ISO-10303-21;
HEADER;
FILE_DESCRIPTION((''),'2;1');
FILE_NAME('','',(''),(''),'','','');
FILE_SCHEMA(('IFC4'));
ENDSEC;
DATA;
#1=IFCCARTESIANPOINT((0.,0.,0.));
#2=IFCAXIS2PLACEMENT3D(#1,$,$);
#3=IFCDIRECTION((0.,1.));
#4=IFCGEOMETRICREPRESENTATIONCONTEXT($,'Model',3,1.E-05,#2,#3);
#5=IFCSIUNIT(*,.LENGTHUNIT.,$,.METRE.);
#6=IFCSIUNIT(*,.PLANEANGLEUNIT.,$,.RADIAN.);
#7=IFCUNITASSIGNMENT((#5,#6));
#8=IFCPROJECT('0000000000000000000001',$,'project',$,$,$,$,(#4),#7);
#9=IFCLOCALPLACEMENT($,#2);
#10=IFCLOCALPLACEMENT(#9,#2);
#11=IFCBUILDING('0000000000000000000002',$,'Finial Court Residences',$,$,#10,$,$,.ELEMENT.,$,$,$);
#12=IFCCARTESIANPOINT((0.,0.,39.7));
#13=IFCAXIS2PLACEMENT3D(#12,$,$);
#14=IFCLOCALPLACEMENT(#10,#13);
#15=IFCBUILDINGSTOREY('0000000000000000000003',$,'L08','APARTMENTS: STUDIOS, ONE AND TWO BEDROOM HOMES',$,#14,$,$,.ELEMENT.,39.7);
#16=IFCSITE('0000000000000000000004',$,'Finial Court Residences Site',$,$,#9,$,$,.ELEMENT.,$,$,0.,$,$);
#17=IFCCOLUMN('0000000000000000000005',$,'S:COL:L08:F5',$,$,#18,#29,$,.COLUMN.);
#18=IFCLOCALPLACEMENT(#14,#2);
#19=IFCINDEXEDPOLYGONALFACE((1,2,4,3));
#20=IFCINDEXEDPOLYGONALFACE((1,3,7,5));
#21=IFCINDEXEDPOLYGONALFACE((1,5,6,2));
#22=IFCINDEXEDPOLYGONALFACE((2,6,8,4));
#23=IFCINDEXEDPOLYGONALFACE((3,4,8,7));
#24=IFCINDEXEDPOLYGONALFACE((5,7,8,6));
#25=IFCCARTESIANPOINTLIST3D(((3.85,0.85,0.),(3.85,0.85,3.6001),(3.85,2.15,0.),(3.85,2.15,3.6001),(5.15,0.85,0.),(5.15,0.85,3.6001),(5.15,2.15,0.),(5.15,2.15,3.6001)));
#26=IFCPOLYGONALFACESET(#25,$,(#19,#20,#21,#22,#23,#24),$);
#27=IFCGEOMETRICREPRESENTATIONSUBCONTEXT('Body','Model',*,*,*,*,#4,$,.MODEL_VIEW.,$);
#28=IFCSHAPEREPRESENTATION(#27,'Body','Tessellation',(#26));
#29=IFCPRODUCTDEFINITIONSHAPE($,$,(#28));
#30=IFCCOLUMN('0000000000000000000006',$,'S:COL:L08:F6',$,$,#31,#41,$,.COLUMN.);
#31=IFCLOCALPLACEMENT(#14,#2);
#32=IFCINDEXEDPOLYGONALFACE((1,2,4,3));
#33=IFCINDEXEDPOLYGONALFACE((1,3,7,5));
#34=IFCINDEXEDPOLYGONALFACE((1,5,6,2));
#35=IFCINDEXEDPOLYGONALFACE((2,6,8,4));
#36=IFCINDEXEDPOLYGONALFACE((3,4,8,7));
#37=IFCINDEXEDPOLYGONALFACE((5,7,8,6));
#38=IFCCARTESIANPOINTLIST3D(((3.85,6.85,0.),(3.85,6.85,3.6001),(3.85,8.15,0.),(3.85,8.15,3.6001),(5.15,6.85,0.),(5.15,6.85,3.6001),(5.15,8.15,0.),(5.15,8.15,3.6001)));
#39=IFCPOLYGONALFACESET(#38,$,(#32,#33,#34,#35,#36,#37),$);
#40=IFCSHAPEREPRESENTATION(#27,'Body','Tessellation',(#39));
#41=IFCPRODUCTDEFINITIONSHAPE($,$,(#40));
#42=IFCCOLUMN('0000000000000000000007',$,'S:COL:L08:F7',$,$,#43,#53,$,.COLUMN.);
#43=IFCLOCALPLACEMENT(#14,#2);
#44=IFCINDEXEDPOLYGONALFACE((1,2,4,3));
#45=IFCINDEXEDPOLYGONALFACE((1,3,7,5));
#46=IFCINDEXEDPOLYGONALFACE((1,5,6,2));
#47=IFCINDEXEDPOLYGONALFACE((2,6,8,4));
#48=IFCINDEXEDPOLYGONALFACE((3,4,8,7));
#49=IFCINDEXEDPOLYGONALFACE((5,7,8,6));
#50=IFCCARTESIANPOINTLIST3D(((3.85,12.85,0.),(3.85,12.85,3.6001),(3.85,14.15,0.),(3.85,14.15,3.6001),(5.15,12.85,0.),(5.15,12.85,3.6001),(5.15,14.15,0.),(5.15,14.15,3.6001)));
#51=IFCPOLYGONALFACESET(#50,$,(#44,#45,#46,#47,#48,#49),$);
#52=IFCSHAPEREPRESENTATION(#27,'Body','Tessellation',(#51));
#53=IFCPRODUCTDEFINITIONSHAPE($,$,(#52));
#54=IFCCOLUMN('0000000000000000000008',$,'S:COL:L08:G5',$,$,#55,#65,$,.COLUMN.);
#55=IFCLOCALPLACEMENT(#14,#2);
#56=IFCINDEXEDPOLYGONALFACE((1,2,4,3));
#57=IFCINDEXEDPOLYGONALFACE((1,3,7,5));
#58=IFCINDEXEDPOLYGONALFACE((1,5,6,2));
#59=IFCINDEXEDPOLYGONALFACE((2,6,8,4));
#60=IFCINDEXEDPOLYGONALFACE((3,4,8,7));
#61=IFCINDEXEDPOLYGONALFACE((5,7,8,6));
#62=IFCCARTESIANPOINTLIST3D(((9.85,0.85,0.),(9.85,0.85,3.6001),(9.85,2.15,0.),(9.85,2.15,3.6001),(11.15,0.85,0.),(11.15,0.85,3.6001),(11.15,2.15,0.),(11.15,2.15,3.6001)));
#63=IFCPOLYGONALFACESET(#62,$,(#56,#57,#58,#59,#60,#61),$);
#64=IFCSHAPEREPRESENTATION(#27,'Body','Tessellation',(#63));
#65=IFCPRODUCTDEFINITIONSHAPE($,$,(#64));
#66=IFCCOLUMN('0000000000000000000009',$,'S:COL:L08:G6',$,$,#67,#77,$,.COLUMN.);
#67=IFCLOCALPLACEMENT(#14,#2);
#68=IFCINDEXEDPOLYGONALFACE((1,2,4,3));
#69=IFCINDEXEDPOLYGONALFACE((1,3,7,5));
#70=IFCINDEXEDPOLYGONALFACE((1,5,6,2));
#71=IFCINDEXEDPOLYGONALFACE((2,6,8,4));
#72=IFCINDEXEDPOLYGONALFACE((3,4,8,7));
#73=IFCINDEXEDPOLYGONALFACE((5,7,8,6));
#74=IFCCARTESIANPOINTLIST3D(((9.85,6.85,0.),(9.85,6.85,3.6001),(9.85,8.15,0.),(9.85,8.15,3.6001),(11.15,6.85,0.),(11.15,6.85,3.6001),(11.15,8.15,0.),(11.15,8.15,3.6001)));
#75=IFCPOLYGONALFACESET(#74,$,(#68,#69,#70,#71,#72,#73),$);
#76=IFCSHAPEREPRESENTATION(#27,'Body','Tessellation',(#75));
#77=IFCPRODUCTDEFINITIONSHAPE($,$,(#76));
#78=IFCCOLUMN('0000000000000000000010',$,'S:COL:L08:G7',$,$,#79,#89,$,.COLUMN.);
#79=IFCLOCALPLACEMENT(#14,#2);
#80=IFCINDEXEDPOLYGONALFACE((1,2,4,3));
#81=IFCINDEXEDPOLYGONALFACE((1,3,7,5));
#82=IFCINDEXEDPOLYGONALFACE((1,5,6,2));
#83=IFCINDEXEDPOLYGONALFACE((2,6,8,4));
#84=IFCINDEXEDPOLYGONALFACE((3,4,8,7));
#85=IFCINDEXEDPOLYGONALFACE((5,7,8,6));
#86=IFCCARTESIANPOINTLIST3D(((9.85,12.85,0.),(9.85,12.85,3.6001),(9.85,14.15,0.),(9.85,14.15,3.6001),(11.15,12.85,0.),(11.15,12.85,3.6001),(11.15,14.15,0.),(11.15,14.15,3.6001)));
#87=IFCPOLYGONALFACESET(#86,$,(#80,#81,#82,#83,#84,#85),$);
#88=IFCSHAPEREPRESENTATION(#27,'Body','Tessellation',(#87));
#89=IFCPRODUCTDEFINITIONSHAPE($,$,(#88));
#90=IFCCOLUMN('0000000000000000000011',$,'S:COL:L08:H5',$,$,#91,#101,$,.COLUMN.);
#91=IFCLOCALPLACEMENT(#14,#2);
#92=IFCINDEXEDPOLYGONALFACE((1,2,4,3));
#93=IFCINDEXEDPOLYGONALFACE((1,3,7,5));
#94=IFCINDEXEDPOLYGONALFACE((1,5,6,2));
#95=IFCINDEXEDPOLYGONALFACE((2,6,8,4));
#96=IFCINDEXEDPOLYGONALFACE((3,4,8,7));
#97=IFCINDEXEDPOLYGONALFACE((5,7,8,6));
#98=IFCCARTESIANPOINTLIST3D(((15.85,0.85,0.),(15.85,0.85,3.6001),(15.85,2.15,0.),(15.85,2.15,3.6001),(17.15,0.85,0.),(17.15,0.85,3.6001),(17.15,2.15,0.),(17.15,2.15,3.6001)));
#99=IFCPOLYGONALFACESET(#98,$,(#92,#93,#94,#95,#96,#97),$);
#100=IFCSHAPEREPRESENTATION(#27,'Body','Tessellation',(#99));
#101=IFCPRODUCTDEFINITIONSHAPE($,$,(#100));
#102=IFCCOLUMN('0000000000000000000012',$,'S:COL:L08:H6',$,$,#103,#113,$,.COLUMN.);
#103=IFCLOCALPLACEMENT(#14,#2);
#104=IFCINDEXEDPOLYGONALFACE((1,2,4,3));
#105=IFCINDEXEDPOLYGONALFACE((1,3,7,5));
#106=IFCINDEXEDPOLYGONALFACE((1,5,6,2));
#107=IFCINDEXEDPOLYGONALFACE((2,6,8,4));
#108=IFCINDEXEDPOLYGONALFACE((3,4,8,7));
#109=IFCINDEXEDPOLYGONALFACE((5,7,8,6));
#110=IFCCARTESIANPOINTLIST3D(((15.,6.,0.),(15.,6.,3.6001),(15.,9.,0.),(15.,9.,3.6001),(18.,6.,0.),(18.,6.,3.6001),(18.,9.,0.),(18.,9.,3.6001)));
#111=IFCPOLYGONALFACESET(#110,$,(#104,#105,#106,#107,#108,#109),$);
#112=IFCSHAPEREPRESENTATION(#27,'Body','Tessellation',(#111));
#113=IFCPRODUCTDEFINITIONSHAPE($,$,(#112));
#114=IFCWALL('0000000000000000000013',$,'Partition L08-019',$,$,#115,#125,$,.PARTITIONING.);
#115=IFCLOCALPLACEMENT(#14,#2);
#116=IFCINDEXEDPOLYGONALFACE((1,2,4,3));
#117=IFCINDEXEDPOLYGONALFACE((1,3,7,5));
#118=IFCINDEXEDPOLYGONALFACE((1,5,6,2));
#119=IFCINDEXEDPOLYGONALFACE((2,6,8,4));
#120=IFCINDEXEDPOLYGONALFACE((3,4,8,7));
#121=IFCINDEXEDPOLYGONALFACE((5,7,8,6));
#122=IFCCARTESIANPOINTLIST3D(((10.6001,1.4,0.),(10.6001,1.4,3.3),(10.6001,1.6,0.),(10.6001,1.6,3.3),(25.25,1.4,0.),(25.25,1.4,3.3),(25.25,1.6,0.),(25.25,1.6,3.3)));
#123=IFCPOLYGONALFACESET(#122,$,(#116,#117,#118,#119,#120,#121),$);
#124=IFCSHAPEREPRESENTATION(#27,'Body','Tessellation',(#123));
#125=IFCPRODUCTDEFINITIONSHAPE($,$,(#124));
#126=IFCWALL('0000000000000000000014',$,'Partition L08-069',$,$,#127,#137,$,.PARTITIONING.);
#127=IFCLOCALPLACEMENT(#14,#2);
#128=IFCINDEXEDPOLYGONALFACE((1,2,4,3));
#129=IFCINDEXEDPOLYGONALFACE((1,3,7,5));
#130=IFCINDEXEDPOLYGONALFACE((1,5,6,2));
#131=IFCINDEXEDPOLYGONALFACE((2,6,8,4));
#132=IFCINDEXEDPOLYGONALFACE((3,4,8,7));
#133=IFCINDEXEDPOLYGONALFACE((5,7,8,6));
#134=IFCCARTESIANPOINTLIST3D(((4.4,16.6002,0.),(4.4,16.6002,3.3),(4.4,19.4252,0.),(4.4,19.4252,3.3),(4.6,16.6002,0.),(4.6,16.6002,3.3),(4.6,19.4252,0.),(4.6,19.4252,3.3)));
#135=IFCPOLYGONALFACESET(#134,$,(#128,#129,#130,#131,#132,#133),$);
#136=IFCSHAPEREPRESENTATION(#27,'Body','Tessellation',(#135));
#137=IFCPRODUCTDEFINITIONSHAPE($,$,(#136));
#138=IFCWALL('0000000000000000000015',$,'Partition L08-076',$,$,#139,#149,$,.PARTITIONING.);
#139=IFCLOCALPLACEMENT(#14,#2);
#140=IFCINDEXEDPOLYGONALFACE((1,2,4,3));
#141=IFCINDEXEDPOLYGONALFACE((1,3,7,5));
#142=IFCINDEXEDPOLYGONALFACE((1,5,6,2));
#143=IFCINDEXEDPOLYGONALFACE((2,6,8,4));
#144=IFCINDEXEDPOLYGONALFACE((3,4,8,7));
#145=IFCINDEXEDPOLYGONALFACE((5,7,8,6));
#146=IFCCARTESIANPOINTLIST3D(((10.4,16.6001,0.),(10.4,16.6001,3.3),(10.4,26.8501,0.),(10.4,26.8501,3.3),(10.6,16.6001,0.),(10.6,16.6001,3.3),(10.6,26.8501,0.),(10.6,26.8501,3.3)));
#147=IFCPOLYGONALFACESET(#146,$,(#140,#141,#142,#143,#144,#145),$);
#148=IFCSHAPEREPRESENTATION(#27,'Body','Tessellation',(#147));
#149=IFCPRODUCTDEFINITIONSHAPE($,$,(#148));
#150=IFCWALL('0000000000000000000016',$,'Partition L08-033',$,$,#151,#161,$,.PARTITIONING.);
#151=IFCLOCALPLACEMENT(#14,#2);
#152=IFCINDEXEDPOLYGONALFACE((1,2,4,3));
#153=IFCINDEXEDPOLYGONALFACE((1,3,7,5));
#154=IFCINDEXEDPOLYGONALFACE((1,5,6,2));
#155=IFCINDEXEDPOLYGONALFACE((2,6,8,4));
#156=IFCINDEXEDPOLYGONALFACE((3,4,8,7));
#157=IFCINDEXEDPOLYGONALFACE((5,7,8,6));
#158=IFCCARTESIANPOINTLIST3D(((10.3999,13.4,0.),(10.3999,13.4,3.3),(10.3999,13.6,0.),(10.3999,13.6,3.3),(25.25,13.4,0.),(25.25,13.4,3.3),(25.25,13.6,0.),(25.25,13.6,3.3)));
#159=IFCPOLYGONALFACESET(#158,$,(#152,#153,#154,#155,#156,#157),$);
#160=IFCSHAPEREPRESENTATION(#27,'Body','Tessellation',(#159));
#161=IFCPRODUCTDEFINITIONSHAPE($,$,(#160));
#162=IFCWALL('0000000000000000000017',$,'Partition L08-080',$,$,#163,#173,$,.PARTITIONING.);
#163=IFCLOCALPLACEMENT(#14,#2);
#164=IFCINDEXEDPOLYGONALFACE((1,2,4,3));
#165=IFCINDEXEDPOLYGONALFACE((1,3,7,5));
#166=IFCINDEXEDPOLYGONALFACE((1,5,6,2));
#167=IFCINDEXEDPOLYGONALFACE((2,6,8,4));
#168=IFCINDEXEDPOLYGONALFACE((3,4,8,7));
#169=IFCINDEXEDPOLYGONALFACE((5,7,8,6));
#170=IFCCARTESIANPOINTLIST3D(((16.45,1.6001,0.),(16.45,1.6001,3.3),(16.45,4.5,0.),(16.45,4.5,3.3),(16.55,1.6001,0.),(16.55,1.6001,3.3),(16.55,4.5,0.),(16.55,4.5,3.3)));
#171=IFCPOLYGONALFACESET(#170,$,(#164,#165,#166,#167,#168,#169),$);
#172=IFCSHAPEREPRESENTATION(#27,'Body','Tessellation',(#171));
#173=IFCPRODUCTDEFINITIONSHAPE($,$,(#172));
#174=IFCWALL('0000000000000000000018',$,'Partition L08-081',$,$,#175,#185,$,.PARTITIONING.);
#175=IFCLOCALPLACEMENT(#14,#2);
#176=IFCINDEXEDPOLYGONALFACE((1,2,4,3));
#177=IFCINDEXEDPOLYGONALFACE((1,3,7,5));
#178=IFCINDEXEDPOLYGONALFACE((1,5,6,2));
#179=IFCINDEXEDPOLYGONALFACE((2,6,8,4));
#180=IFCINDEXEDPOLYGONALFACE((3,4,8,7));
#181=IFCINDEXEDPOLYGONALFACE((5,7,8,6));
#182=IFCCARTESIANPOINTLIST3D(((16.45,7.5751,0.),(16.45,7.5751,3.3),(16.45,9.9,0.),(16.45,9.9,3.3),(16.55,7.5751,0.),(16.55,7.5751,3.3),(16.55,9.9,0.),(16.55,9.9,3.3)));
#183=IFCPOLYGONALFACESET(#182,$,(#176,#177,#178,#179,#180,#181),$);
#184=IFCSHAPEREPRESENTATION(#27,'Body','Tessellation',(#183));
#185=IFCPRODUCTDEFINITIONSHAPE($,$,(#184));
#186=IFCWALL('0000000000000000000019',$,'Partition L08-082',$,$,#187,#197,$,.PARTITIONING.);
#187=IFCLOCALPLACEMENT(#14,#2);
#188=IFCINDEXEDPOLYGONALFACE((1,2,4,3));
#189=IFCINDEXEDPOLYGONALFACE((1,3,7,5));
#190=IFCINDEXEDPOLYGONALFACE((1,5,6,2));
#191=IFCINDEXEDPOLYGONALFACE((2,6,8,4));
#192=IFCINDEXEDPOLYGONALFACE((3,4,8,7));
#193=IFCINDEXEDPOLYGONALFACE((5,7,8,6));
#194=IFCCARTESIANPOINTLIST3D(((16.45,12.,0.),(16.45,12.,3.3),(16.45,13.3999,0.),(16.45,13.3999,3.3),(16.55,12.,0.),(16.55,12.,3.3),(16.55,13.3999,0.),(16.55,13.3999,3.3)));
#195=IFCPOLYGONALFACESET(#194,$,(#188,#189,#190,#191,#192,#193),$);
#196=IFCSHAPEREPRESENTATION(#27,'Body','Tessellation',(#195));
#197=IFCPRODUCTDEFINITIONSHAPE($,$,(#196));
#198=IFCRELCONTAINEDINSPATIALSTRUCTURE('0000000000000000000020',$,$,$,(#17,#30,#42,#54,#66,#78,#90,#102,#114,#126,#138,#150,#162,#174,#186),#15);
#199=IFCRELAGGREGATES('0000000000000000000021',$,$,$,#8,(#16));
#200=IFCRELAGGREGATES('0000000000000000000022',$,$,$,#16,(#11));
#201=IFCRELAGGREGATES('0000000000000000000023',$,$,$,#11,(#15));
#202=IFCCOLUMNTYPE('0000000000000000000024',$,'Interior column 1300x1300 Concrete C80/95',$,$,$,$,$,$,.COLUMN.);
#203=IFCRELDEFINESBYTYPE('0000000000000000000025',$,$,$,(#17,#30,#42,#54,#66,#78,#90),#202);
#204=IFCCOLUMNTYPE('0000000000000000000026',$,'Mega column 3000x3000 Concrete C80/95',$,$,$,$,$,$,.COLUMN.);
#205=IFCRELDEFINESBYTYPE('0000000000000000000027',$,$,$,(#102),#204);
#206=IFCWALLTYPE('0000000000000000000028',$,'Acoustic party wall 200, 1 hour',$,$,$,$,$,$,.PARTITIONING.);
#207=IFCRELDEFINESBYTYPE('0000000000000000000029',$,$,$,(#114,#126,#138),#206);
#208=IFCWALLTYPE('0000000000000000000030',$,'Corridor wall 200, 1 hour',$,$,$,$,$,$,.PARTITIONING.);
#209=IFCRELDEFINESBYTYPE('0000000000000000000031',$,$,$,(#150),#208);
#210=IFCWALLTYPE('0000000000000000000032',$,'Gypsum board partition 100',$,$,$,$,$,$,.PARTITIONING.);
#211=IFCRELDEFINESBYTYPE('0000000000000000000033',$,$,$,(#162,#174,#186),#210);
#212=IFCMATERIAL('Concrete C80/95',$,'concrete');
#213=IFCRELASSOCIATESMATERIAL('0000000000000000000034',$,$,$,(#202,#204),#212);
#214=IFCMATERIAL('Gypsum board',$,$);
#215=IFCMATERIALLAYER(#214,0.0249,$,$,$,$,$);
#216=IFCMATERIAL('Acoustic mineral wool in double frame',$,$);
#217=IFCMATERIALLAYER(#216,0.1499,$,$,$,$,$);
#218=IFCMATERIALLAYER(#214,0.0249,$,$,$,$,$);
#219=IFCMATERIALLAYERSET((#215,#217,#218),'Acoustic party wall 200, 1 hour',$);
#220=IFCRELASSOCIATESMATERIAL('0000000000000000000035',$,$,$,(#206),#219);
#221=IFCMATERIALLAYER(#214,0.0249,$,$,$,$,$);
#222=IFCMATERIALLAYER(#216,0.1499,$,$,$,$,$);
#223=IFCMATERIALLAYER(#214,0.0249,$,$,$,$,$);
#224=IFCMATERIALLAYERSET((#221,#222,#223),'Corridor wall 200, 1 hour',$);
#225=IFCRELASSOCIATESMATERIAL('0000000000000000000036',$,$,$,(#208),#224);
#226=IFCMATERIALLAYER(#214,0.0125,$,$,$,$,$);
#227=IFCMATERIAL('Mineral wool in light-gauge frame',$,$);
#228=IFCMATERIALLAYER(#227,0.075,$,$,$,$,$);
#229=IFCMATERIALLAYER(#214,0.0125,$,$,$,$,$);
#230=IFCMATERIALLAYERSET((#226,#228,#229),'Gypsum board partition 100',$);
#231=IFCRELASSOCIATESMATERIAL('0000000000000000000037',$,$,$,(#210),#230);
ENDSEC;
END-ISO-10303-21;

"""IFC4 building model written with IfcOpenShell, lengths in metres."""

from ifc_helpers import new_model, si_unit, direction, frame, frame_2d, origin, origin_2d, place, context, subcontext, project, spatial, rectangle, extrude, material, layer, layer_set, material_profile, profile_set, type_object, element, save


model = new_model("IFC4")

# Units and contexts
model_context = context("Model", 3, precision=1e-05, world=origin(), true_north=direction((0.0, 1.0)))
body_context = subcontext(model_context, "Body", "Model", "MODEL_VIEW")
ifc_project = project(units=[si_unit("LENGTHUNIT", "METRE"), si_unit("PLANEANGLEUNIT", "RADIAN")], contexts=[model_context])

# Site, building, storey
site_placement = place(None, origin())
site = spatial("IfcSite", under=ifc_project, at=site_placement, Name="Finial Court Residences Site", CompositionType="ELEMENT", RefElevation=0.0)
building_placement = place(site_placement, origin())
building = spatial("IfcBuilding", under=site, at=building_placement, Name="Finial Court Residences", CompositionType="ELEMENT")
storey_placement = place(building_placement, frame((0.0, 0.0, 39.7)))
storey = spatial("IfcBuildingStorey", under=building, at=storey_placement, Name="L08", Description="APARTMENTS: STUDIOS, ONE AND TWO BEDROOM HOMES", CompositionType="ELEMENT", Elevation=39.7)

# Columns
ifc_material_1 = material(Name="Concrete C80/95", Category="concrete")
ifc_material_profile_1 = material_profile(ifc_material_1, rectangle(XDim=1.3, YDim=1.3, at=origin_2d()), Name="1300x1300")
ifc_profile_set_1 = profile_set([ifc_material_profile_1], Name="Concrete C80/95")
column_type_1 = type_object("IfcColumnType", Name="Interior column 1300x1300 Concrete C80/95", PredefinedType="COLUMN", material=ifc_profile_set_1)
for number, where, z_axis, x_axis, name in (
    (1, (4.5, 1.5, 0.0), (0.0, 0.0, 1.0), (1.0, 0.0, 0.0), "S:COL:L08:F5"),
    (2, (4.5, 7.5, 0.0), (0.0, 0.0, 1.0), (1.0, 0.0, 0.0), "S:COL:L08:F6"),
    (3, (4.5, 13.5, 0.0), (0.0, 0.0, 1.0), (1.0, 0.0, 0.0), "S:COL:L08:F7"),
    (4, (10.5, 1.5, 0.0), (0.0, 0.0, 1.0), (1.0, 0.0, 0.0), "S:COL:L08:G5"),
    (5, (10.5, 7.5, 0.0), (0.0, 0.0, 1.0), (1.0, 0.0, 0.0), "S:COL:L08:G6"),
    (6, (10.5, 13.5, 0.0), (0.0, 0.0, 1.0), (1.0, 0.0, 0.0), "S:COL:L08:G7"),
    (7, (16.5, 1.5, 0.0), (0.0, 0.0, 1.0), (1.0, 0.0, 0.0), "S:COL:L08:H5"),
):
    element("IfcColumn", number, at=place(storey_placement, frame(where, z_axis=z_axis, x_axis=x_axis)), inside=storey, type_object=column_type_1, Name=name, PredefinedType="COLUMN", context=body_context, shape_type="SweptSolid", body=[
        extrude(rectangle(XDim=1.3, YDim=1.3, at=origin_2d()), origin(), (0.0, 0.0, 1.0), 3.6001),
    ])
ifc_material_profile_2 = material_profile(ifc_material_1, rectangle(XDim=3.0, YDim=3.0, at=origin_2d()), Name="3000x3000")
ifc_profile_set_2 = profile_set([ifc_material_profile_2], Name="Concrete C80/95")
column_type_2 = type_object("IfcColumnType", Name="Mega column 3000x3000 Concrete C80/95", PredefinedType="COLUMN", material=ifc_profile_set_2)
column_placement = place(storey_placement, frame((16.5, 7.5, 0.0), z_axis=(0.0, 0.0, 1.0), x_axis=(1.0, 0.0, 0.0)))
element("IfcColumn", 8, at=column_placement, inside=storey, type_object=column_type_2, Name="S:COL:L08:H6", PredefinedType="COLUMN", context=body_context, shape_type="SweptSolid", body=[
    extrude(rectangle(XDim=3.0, YDim=3.0, at=origin_2d()), origin(), (0.0, 0.0, 1.0), 3.6001),
])

# Walls
ifc_material_2 = material(Name="Gypsum board")
ifc_layer_1 = layer(ifc_material_2, 0.0249)
ifc_material_3 = material(Name="Acoustic mineral wool in double frame")
ifc_layer_2 = layer(ifc_material_3, 0.1499)
ifc_layer_3 = layer(ifc_material_2, 0.0249)
ifc_layer_set_1 = layer_set([ifc_layer_1, ifc_layer_2, ifc_layer_3], Name="Acoustic party wall 200, 1 hour")
wall_type_1 = type_object("IfcWallType", Name="Acoustic party wall 200, 1 hour", PredefinedType="PARTITIONING", material=ifc_layer_set_1)
wall_1_placement = place(storey_placement, frame((10.6001, 1.5, 0.0), z_axis=(0.0, 0.0, 1.0), x_axis=(1.0, 0.0, 0.0)))
element("IfcWall", 9, at=wall_1_placement, inside=storey, type_object=wall_type_1, Name="Partition L08-019", PredefinedType="PARTITIONING", context=body_context, shape_type="SweptSolid", body=[
    extrude(rectangle(XDim=14.6499, YDim=0.2, at=frame_2d((7.325, 0.0))), origin(), (0.0, 0.0, 1.0), 3.3),
])
wall_2_placement = place(storey_placement, frame((4.5, 16.6001, 0.0), z_axis=(0.0, 0.0, 1.0), x_axis=(0.0, 1.0, 0.0)))
element("IfcWall", 10, at=wall_2_placement, inside=storey, type_object=wall_type_1, Name="Partition L08-069", PredefinedType="PARTITIONING", context=body_context, shape_type="SweptSolid", body=[
    extrude(rectangle(XDim=2.825, YDim=0.2, at=frame_2d((1.4126, 0.0))), origin(), (0.0, 0.0, 1.0), 3.3),
])
wall_3_placement = place(storey_placement, frame((10.5, 16.6001, 0.0), z_axis=(0.0, 0.0, 1.0), x_axis=(0.0, 1.0, 0.0)))
element("IfcWall", 11, at=wall_3_placement, inside=storey, type_object=wall_type_1, Name="Partition L08-076", PredefinedType="PARTITIONING", context=body_context, shape_type="SweptSolid", body=[
    extrude(rectangle(XDim=10.25, YDim=0.2, at=frame_2d((5.125, 0.0))), origin(), (0.0, 0.0, 1.0), 3.3),
])
ifc_layer_4 = layer(ifc_material_2, 0.0249)
ifc_layer_5 = layer(ifc_material_3, 0.1499)
ifc_layer_6 = layer(ifc_material_2, 0.0249)
ifc_layer_set_2 = layer_set([ifc_layer_4, ifc_layer_5, ifc_layer_6], Name="Corridor wall 200, 1 hour")
wall_type_2 = type_object("IfcWallType", Name="Corridor wall 200, 1 hour", PredefinedType="PARTITIONING", material=ifc_layer_set_2)
wall_4_placement = place(storey_placement, frame((10.3999, 13.5, 0.0), z_axis=(0.0, 0.0, 1.0), x_axis=(1.0, 0.0, 0.0)))
element("IfcWall", 12, at=wall_4_placement, inside=storey, type_object=wall_type_2, Name="Partition L08-033", PredefinedType="PARTITIONING", context=body_context, shape_type="SweptSolid", body=[
    extrude(rectangle(XDim=14.8501, YDim=0.2, at=frame_2d((7.425, 0.0))), origin(), (0.0, 0.0, 1.0), 3.3),
])
ifc_layer_7 = layer(ifc_material_2, 0.0125)
ifc_material_4 = material(Name="Mineral wool in light-gauge frame")
ifc_layer_8 = layer(ifc_material_4, 0.075)
ifc_layer_9 = layer(ifc_material_2, 0.0125)
ifc_layer_set_3 = layer_set([ifc_layer_7, ifc_layer_8, ifc_layer_9], Name="Gypsum board partition 100")
wall_type_3 = type_object("IfcWallType", Name="Gypsum board partition 100", PredefinedType="PARTITIONING", material=ifc_layer_set_3)
wall_5_placement = place(storey_placement, frame((16.5, 1.6001, 0.0), z_axis=(0.0, 0.0, 1.0), x_axis=(0.0, 1.0, 0.0)))
element("IfcWall", 13, at=wall_5_placement, inside=storey, type_object=wall_type_3, Name="Partition L08-080", PredefinedType="PARTITIONING", context=body_context, shape_type="SweptSolid", body=[
    extrude(rectangle(XDim=2.8999, YDim=0.1001, at=frame_2d((1.45, 0.0))), origin(), (0.0, 0.0, 1.0), 3.3),
])
wall_6_placement = place(storey_placement, frame((16.5, 7.575, 0.0), z_axis=(0.0, 0.0, 1.0), x_axis=(0.0, 1.0, 0.0)))
element("IfcWall", 14, at=wall_6_placement, inside=storey, type_object=wall_type_3, Name="Partition L08-081", PredefinedType="PARTITIONING", context=body_context, shape_type="SweptSolid", body=[
    extrude(rectangle(XDim=2.325, YDim=0.1001, at=frame_2d((1.1626, 0.0))), origin(), (0.0, 0.0, 1.0), 3.3),
])
wall_7_placement = place(storey_placement, frame((16.5, 12.0, 0.0), z_axis=(0.0, 0.0, 1.0), x_axis=(0.0, 1.0, 0.0)))
element("IfcWall", 15, at=wall_7_placement, inside=storey, type_object=wall_type_3, Name="Partition L08-082", PredefinedType="PARTITIONING", context=body_context, shape_type="SweptSolid", body=[
    extrude(rectangle(XDim=1.3999, YDim=0.1001, at=frame_2d((0.7, 0.0))), origin(), (0.0, 0.0, 1.0), 3.3),
])

save(model, "model.ifc")
